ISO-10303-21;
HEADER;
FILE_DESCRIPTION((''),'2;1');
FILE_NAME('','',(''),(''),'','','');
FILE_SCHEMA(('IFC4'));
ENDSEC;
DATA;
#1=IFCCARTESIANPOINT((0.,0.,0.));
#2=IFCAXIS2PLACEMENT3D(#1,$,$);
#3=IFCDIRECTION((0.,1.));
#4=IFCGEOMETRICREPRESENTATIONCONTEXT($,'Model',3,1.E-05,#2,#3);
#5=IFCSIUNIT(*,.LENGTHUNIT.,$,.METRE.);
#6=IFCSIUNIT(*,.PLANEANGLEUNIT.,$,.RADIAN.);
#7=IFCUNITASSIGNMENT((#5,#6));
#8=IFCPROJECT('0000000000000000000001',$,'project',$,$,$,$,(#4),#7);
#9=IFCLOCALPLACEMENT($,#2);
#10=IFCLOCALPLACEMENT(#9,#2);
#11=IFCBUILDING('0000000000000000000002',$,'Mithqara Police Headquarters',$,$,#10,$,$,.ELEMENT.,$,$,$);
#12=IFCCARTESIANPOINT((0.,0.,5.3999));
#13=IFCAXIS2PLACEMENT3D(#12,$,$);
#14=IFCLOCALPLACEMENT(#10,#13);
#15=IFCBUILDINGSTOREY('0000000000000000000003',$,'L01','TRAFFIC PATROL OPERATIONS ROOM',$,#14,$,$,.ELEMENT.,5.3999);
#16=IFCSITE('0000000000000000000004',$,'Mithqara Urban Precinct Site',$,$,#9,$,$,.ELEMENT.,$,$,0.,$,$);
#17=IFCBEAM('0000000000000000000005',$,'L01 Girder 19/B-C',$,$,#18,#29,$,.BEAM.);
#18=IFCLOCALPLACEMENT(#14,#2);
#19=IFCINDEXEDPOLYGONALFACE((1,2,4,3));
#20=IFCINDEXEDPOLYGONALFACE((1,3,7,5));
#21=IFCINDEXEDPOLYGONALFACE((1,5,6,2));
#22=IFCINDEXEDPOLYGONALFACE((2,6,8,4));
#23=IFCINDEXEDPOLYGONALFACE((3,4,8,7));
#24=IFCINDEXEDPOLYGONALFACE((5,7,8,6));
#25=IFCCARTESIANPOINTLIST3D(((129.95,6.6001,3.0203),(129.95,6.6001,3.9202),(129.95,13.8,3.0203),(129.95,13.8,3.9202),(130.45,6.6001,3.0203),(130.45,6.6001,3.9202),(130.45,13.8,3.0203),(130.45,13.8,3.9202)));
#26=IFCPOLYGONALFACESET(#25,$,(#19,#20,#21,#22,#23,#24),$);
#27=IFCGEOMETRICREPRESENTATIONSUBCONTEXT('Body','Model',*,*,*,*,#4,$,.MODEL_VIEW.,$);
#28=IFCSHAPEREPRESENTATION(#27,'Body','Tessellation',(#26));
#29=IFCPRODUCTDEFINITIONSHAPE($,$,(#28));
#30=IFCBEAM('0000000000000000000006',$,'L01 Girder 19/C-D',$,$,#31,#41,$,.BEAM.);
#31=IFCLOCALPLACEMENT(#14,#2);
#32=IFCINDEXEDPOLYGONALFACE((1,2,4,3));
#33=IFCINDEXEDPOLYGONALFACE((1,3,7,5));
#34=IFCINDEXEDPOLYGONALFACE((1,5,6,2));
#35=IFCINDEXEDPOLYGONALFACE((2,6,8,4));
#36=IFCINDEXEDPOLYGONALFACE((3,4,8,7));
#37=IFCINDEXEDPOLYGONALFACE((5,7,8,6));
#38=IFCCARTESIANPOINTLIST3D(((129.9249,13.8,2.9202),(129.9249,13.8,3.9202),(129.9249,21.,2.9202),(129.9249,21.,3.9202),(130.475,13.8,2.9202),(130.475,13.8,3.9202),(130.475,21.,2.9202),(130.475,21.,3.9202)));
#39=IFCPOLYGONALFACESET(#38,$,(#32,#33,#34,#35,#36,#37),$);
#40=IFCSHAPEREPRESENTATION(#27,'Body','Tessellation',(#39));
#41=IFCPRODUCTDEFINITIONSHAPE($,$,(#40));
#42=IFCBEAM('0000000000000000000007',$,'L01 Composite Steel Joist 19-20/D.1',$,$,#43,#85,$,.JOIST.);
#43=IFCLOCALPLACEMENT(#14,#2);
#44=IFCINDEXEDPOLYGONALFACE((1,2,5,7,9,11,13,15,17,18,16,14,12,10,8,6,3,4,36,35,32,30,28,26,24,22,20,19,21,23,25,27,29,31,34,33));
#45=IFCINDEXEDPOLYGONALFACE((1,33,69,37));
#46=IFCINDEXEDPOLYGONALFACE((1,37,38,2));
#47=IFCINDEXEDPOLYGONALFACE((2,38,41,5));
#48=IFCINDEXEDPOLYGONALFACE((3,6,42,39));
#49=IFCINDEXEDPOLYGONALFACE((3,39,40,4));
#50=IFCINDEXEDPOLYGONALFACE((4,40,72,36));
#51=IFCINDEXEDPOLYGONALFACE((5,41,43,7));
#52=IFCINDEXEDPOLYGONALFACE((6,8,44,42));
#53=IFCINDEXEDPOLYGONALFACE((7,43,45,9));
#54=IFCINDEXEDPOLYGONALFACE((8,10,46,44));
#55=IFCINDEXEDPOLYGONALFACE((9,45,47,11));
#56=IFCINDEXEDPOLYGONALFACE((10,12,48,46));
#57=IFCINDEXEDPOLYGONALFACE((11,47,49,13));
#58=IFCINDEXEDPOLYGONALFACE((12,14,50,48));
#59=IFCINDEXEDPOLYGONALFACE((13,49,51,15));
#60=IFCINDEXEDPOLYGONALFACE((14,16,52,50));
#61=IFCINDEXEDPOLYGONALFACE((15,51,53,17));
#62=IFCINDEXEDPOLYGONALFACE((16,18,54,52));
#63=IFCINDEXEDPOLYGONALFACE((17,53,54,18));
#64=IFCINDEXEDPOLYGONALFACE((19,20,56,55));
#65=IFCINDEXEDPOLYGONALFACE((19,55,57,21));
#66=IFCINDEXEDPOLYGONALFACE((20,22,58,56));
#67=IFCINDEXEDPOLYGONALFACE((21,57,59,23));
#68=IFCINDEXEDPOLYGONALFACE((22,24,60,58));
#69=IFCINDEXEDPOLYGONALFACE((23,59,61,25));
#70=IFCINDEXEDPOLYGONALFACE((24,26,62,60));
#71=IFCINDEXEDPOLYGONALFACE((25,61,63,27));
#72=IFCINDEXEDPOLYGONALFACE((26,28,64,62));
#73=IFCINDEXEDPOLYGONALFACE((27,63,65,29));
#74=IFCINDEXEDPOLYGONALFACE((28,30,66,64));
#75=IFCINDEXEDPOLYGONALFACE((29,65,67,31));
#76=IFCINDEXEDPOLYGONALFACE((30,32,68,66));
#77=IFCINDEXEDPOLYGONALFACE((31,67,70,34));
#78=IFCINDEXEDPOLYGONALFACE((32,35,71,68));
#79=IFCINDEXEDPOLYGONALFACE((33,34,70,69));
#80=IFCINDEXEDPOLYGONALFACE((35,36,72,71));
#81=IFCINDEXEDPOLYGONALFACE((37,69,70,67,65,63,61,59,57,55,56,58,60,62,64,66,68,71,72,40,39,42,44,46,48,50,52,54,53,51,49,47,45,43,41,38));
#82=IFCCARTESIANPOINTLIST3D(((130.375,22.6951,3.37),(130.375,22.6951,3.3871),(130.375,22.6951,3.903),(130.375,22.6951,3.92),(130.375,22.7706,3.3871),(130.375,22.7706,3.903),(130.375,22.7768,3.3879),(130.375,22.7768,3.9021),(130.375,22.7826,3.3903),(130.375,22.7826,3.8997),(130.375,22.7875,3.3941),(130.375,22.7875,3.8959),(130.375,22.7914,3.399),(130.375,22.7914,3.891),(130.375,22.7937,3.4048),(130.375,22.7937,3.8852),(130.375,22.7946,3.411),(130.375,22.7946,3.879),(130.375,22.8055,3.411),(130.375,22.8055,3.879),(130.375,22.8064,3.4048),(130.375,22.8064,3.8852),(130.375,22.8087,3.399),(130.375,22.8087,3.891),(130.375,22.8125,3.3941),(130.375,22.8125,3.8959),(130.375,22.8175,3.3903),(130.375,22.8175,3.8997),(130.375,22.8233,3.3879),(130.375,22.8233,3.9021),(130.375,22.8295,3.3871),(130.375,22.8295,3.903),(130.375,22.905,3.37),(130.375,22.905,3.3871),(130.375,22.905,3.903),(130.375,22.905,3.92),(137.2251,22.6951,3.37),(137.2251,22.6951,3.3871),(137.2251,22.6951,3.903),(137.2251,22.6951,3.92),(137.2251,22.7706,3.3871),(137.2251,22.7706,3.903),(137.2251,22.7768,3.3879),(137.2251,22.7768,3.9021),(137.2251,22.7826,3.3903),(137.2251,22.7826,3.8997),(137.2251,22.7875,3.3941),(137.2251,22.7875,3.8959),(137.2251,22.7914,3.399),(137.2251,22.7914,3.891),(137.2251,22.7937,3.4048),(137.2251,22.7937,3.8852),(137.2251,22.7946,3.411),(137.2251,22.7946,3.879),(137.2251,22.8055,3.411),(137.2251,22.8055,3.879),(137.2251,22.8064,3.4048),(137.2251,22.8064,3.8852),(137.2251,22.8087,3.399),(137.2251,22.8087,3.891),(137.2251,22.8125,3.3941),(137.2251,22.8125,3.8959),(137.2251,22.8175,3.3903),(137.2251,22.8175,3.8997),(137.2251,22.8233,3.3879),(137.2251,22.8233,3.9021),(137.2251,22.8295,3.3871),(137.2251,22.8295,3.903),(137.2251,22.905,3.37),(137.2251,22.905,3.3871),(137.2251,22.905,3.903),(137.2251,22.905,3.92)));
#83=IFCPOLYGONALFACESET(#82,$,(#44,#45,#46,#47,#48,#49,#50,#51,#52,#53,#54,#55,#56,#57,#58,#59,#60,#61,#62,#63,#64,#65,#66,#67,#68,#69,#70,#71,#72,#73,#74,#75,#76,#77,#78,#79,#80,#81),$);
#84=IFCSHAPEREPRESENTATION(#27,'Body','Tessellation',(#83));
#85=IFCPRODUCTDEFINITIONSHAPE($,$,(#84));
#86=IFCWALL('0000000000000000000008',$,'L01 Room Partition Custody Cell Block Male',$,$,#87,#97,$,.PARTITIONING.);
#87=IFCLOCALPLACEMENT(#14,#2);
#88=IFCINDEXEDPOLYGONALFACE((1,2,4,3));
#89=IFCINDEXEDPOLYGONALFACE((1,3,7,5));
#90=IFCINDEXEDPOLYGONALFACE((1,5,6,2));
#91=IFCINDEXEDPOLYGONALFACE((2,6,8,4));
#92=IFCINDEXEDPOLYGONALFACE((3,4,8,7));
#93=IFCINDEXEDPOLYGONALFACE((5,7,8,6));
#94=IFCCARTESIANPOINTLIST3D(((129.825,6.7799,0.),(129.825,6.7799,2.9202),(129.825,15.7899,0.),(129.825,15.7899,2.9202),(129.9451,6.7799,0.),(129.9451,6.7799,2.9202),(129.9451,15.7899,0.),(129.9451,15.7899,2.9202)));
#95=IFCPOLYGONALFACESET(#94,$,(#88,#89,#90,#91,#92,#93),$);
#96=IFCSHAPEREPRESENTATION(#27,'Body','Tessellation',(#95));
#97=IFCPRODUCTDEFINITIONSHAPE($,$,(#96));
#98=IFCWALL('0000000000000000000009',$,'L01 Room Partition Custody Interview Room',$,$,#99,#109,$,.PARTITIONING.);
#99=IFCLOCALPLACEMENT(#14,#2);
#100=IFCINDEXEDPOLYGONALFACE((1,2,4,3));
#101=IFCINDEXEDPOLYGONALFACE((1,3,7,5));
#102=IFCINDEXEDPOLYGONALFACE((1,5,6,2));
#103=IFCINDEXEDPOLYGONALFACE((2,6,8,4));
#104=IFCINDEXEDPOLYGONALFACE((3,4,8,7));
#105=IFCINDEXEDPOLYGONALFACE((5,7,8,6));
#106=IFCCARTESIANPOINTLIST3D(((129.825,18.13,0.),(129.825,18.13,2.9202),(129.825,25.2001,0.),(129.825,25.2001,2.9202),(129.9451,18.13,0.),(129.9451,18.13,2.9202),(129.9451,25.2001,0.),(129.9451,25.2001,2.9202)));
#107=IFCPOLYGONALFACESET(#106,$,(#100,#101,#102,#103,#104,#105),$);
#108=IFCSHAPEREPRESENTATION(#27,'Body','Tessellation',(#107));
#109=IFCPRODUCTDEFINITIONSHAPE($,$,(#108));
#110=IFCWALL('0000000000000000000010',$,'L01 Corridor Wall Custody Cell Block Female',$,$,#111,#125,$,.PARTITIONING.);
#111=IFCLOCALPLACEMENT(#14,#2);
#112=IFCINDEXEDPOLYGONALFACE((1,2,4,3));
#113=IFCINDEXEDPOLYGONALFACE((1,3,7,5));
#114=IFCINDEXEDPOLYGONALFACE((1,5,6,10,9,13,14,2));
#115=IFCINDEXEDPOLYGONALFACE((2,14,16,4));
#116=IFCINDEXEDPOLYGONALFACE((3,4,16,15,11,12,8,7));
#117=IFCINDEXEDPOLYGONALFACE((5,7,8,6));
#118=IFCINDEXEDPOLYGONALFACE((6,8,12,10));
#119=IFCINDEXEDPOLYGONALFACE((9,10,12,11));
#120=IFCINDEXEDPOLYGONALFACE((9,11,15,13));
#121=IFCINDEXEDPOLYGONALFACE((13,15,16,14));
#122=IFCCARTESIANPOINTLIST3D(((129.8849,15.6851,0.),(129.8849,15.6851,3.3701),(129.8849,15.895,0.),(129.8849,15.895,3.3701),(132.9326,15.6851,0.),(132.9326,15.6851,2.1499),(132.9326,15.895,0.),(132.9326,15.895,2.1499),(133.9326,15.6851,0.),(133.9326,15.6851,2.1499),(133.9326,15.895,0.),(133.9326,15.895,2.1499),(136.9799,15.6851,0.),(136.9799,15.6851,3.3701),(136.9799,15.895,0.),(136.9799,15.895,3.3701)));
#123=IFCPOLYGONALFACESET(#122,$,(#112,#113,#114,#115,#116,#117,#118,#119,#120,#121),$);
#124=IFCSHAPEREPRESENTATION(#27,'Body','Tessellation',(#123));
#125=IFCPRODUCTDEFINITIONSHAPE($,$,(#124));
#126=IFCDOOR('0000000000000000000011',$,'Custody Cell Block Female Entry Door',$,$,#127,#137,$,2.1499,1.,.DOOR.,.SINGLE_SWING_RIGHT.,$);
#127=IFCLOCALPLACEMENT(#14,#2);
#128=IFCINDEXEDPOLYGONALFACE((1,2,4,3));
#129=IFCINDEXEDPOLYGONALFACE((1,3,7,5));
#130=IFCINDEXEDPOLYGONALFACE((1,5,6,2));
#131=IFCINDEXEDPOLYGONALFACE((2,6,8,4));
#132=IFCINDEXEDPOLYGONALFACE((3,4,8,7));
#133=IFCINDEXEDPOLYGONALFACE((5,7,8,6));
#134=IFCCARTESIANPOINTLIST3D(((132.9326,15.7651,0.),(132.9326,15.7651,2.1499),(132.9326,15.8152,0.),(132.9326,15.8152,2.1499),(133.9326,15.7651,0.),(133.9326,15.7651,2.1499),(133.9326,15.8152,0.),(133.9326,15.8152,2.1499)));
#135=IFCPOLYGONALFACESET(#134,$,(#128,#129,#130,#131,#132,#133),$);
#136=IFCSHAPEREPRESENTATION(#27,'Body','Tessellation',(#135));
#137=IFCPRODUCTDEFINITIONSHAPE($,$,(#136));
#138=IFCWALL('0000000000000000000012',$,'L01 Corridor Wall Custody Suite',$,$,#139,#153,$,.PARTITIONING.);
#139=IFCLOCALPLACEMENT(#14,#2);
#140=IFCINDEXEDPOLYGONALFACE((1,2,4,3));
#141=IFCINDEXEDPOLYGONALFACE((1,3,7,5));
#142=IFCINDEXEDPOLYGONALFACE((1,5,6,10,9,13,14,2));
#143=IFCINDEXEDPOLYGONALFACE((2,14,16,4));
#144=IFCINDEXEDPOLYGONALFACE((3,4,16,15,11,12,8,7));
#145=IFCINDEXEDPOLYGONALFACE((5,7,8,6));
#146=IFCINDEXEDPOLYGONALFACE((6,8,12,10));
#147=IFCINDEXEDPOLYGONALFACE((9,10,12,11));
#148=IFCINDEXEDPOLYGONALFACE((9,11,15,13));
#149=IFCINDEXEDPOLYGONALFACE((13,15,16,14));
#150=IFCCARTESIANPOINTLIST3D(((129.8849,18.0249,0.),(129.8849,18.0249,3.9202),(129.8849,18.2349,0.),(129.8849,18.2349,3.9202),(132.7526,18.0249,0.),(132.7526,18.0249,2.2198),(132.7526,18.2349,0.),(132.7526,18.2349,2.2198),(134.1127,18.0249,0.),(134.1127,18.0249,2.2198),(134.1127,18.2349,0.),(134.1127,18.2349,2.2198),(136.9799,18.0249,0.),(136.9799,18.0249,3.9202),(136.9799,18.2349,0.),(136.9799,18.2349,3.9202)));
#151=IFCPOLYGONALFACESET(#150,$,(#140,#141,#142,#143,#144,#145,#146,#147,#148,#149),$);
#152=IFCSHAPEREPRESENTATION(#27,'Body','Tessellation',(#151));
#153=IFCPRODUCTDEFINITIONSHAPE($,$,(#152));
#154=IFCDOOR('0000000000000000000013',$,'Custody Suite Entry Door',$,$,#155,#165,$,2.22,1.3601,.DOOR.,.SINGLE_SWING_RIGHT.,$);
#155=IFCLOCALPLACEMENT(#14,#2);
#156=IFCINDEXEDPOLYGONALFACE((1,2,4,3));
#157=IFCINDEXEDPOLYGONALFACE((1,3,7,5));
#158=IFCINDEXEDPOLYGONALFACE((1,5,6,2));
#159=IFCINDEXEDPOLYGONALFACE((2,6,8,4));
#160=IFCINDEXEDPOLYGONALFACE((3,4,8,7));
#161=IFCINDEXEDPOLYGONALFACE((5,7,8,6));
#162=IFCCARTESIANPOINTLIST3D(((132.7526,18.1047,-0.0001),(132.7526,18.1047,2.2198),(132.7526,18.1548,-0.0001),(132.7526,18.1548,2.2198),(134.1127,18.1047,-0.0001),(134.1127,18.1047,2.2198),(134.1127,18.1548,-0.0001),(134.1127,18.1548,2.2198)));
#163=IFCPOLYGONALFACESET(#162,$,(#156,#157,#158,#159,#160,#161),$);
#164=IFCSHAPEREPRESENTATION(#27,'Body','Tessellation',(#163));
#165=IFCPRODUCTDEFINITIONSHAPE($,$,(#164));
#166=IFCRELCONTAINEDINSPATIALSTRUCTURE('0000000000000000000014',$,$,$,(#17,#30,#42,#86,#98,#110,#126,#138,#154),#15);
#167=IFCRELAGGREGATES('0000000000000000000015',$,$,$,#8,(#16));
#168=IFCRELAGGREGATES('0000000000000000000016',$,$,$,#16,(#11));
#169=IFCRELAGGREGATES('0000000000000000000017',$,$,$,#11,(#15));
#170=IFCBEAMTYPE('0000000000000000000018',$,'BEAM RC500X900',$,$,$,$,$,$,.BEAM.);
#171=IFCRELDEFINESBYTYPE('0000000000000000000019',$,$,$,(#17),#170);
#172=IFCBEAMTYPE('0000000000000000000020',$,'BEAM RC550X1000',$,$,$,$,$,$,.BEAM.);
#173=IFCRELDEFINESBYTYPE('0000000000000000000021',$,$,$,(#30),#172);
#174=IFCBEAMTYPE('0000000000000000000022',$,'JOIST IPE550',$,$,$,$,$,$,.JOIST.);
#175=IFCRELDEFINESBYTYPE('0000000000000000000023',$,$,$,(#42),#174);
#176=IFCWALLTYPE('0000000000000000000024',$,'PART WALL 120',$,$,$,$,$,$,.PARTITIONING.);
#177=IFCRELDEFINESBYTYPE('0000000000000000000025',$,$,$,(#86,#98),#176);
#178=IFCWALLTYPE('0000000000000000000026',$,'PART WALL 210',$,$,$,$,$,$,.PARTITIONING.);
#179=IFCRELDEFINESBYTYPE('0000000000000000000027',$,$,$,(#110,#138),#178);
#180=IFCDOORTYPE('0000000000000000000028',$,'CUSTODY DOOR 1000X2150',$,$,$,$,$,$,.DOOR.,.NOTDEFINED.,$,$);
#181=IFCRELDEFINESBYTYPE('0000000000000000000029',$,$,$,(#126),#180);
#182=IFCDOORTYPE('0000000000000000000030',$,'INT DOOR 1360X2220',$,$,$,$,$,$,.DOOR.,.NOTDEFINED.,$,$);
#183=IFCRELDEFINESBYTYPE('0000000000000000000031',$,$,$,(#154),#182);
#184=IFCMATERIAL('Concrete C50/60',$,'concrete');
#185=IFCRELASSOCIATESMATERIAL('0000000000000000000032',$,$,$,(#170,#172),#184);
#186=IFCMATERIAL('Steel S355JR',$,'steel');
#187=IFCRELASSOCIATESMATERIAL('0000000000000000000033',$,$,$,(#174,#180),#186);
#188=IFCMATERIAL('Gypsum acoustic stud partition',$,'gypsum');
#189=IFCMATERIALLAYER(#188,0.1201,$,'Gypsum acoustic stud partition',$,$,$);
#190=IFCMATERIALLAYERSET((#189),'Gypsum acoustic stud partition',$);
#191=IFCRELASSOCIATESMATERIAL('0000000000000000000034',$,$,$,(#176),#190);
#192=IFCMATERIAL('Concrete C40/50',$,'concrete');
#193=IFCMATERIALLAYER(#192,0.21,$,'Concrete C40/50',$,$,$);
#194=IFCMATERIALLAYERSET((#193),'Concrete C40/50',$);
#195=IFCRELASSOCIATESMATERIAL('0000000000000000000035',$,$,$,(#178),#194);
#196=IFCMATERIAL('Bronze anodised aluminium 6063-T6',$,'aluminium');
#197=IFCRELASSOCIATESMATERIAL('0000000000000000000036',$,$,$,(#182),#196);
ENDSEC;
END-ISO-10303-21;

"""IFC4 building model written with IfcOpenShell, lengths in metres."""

from ifc_helpers import new_model, si_unit, direction, frame, frame_2d, origin, origin_2d, place, context, subcontext, project, spatial, rectangle, i_section, extrude, material, layer, layer_set, material_profile, profile_set, type_object, element, fill, save


model = new_model("IFC4")

# Units and contexts
model_context = context("Model", 3, precision=1e-05, world=origin(), true_north=direction((0.0, 1.0)))
body_context = subcontext(model_context, "Body", "Model", "MODEL_VIEW")
ifc_project = project(units=[si_unit("LENGTHUNIT", "METRE"), si_unit("PLANEANGLEUNIT", "RADIAN")], contexts=[model_context])

# Site, building, storey
site_placement = place(None, origin())
site = spatial("IfcSite", under=ifc_project, at=site_placement, Name="Mithqara Urban Precinct Site", CompositionType="ELEMENT", RefElevation=0.0)
building_placement = place(site_placement, origin())
building = spatial("IfcBuilding", under=site, at=building_placement, Name="Mithqara Police Headquarters", CompositionType="ELEMENT")
storey_placement = place(building_placement, frame((0.0, 0.0, 5.3999)))
storey = spatial("IfcBuildingStorey", under=building, at=storey_placement, Name="L01", Description="TRAFFIC PATROL OPERATIONS ROOM", CompositionType="ELEMENT", Elevation=5.3999)

# Shared definitions
ifc_material_1 = material(Name="Concrete C50/60", Category="concrete")

# Beams
ifc_material_2 = material(Name="Steel S355JR", Category="steel")
ifc_material_3 = material(Name="Concrete C40/50", Category="concrete")
ifc_material_profile_1 = material_profile(ifc_material_1, rectangle(XDim=0.5, YDim=0.8999, at=origin_2d()), Name="RC 500x900")
ifc_profile_set_1 = profile_set([ifc_material_profile_1], Name="Concrete C50/60")
beam_type_1 = type_object("IfcBeamType", Name="BEAM RC500X900", PredefinedType="BEAM", material=ifc_profile_set_1)
beam_1_placement = place(storey_placement, frame((130.2, 6.6001, 3.4702), z_axis=(0.0, 1.0, 0.0), x_axis=(-1.0, 0.0, 0.0)))
element("IfcBeam", 1, at=beam_1_placement, inside=storey, type_object=beam_type_1, Name="L01 Girder 19/B-C", PredefinedType="BEAM", context=body_context, shape_type="SweptSolid", body=[
    extrude(rectangle(XDim=0.5, YDim=0.8999, at=origin_2d()), origin(), (0.0, 0.0, 1.0), 7.2),
])
ifc_material_profile_2 = material_profile(ifc_material_1, rectangle(XDim=0.55, YDim=1.0, at=origin_2d()), Name="RC 550x1000")
ifc_profile_set_2 = profile_set([ifc_material_profile_2], Name="Concrete C50/60")
beam_type_2 = type_object("IfcBeamType", Name="BEAM RC550X1000", PredefinedType="BEAM", material=ifc_profile_set_2)
beam_2_placement = place(storey_placement, frame((130.2, 13.8, 3.4202), z_axis=(0.0, 1.0, 0.0), x_axis=(-1.0, 0.0, 0.0)))
element("IfcBeam", 2, at=beam_2_placement, inside=storey, type_object=beam_type_2, Name="L01 Girder 19/C-D", PredefinedType="BEAM", context=body_context, shape_type="SweptSolid", body=[
    extrude(rectangle(XDim=0.55, YDim=1.0, at=origin_2d()), origin(), (0.0, 0.0, 1.0), 7.2),
])
ifc_material_profile_3 = material_profile(ifc_material_2, i_section(OverallWidth=0.21, OverallDepth=0.55, WebThickness=0.011, FlangeThickness=0.0171, FilletRadius=0.0239, at=origin_2d()), Name="IPE 550")
ifc_profile_set_3 = profile_set([ifc_material_profile_3], Name="Steel S355JR")
beam_type_3 = type_object("IfcBeamType", Name="JOIST IPE550", PredefinedType="JOIST", material=ifc_profile_set_3)
beam_3_placement = place(storey_placement, frame((130.375, 22.8, 3.645), z_axis=(1.0, 0.0, 0.0), x_axis=(0.0, 1.0, 0.0)))
element("IfcBeam", 3, at=beam_3_placement, inside=storey, type_object=beam_type_3, Name="L01 Composite Steel Joist 19-20/D.1", PredefinedType="JOIST", context=body_context, shape_type="SweptSolid", body=[
    extrude(i_section(OverallWidth=0.21, OverallDepth=0.55, WebThickness=0.011, FlangeThickness=0.0171, FilletRadius=0.0239, at=origin_2d()), origin(), (0.0, 0.0, 1.0), 6.8501),
])

# Walls
ifc_material_4 = material(Name="Gypsum acoustic stud partition", Category="gypsum")
ifc_layer_1 = layer(ifc_material_4, 0.1201, Name="Gypsum acoustic stud partition")
ifc_layer_set_1 = layer_set([ifc_layer_1], Name="Gypsum acoustic stud partition")
wall_type_1 = type_object("IfcWallType", Name="PART WALL 120", PredefinedType="PARTITIONING", material=ifc_layer_set_1)
wall_1_placement = place(storey_placement, frame((129.885, 6.78, 0.0), z_axis=(0.0, 0.0, 1.0), x_axis=(0.0, 1.0, 0.0)))
element("IfcWall", 4, at=wall_1_placement, inside=storey, type_object=wall_type_1, Name="L01 Room Partition Custody Cell Block Male", PredefinedType="PARTITIONING", context=body_context, shape_type="SweptSolid", body=[
    extrude(rectangle(XDim=9.01, YDim=0.1201, at=frame_2d((4.5049, 0.0))), origin(), (0.0, 0.0, 1.0), 2.9202),
])
wall_2_placement = place(storey_placement, frame((129.885, 18.1299, 0.0), z_axis=(0.0, 0.0, 1.0), x_axis=(0.0, 1.0, 0.0)))
element("IfcWall", 5, at=wall_2_placement, inside=storey, type_object=wall_type_1, Name="L01 Room Partition Custody Interview Room", PredefinedType="PARTITIONING", context=body_context, shape_type="SweptSolid", body=[
    extrude(rectangle(XDim=7.0701, YDim=0.1201, at=frame_2d((3.5352, 0.0))), origin(), (0.0, 0.0, 1.0), 2.9202),
])

# Walls, openings, doors
ifc_layer_2 = layer(ifc_material_3, 0.21, Name="Concrete C40/50")
ifc_layer_set_2 = layer_set([ifc_layer_2], Name="Concrete C40/50")
wall_type_2 = type_object("IfcWallType", Name="PART WALL 210", PredefinedType="PARTITIONING", material=ifc_layer_set_2)
wall_3_placement = place(storey_placement, frame((129.885, 15.79, 0.0), z_axis=(0.0, 0.0, 1.0), x_axis=(1.0, 0.0, 0.0)))
wall_3 = element("IfcWall", 6, at=wall_3_placement, inside=storey, type_object=wall_type_2, Name="L01 Corridor Wall Custody Cell Block Female", PredefinedType="PARTITIONING", context=body_context, shape_type="SweptSolid", body=[
    extrude(rectangle(XDim=7.095, YDim=0.21, at=frame_2d((3.5474, 0.0))), origin(), (0.0, 0.0, 1.0), 3.3701),
])
opening_1_placement = place(wall_3_placement, frame((3.0476, 0.0, 0.0)))
opening_1 = element("IfcOpeningElement", 7, at=opening_1_placement, cuts=wall_3, PredefinedType="OPENING", context=body_context, shape_type="SweptSolid", body=[
    extrude(rectangle(XDim=1.0, YDim=2.1499, at=frame_2d((0.5, 1.075))), frame((0.0, 0.115, 0.0), z_axis=(0.0, -1.0, 0.0), x_axis=(1.0, 0.0, 0.0)), (0.0, 0.0, 1.0), 0.23),
])
door_type_1 = type_object("IfcDoorType", Name="CUSTODY DOOR 1000X2150", OperationType="NOTDEFINED", PredefinedType="DOOR", material=ifc_material_2)
door_1_placement = place(opening_1_placement, frame((1.0, 0.0, 0.0), z_axis=(0.0, 0.0, 1.0), x_axis=(-1.0, 0.0, 0.0)))
door_1 = element("IfcDoor", 8, at=door_1_placement, inside=storey, type_object=door_type_1, Name="Custody Cell Block Female Entry Door", OperationType="SINGLE_SWING_RIGHT", OverallHeight=2.1499, OverallWidth=1.0, PredefinedType="DOOR", context=body_context, shape_type="SweptSolid", body=[
    extrude(rectangle(XDim=1.0, YDim=2.1499, at=frame_2d((0.5, 1.075))), frame((0.0, 0.0249, 0.0), z_axis=(0.0, -1.0, 0.0), x_axis=(1.0, 0.0, 0.0)), (0.0, 0.0, 1.0), 0.05),
])
fill(opening_1, door_1)
wall_4_placement = place(storey_placement, frame((129.885, 18.1299, 0.0), z_axis=(0.0, 0.0, 1.0), x_axis=(1.0, 0.0, 0.0)))
wall_4 = element("IfcWall", 9, at=wall_4_placement, inside=storey, type_object=wall_type_2, Name="L01 Corridor Wall Custody Suite", PredefinedType="PARTITIONING", context=body_context, shape_type="SweptSolid", body=[
    extrude(rectangle(XDim=7.095, YDim=0.21, at=frame_2d((3.5474, 0.0))), origin(), (0.0, 0.0, 1.0), 3.9202),
])
opening_2_placement = place(wall_4_placement, frame((2.8674, 0.0, 0.0)))
opening_2 = element("IfcOpeningElement", 10, at=opening_2_placement, cuts=wall_4, PredefinedType="OPENING", context=body_context, shape_type="SweptSolid", body=[
    extrude(rectangle(XDim=1.3601, YDim=2.22, at=frame_2d((0.6802, 1.1099))), frame((0.0, 0.115, 0.0), z_axis=(0.0, -1.0, 0.0), x_axis=(1.0, 0.0, 0.0)), (0.0, 0.0, 1.0), 0.23),
])
ifc_material_5 = material(Name="Bronze anodised aluminium 6063-T6", Category="aluminium")
door_type_2 = type_object("IfcDoorType", Name="INT DOOR 1360X2220", OperationType="NOTDEFINED", PredefinedType="DOOR", material=ifc_material_5)
door_2_placement = place(opening_2_placement, origin())
door_2 = element("IfcDoor", 11, at=door_2_placement, inside=storey, type_object=door_type_2, Name="Custody Suite Entry Door", OperationType="SINGLE_SWING_RIGHT", OverallHeight=2.22, OverallWidth=1.3601, PredefinedType="DOOR", context=body_context, shape_type="SweptSolid", body=[
    extrude(rectangle(XDim=1.3601, YDim=2.22, at=frame_2d((0.6802, 1.1099))), frame((0.0, 0.0249, 0.0), z_axis=(0.0, -1.0, 0.0), x_axis=(1.0, 0.0, 0.0)), (0.0, 0.0, 1.0), 0.05),
])
fill(opening_2, door_2)

save(model, "model.ifc")
